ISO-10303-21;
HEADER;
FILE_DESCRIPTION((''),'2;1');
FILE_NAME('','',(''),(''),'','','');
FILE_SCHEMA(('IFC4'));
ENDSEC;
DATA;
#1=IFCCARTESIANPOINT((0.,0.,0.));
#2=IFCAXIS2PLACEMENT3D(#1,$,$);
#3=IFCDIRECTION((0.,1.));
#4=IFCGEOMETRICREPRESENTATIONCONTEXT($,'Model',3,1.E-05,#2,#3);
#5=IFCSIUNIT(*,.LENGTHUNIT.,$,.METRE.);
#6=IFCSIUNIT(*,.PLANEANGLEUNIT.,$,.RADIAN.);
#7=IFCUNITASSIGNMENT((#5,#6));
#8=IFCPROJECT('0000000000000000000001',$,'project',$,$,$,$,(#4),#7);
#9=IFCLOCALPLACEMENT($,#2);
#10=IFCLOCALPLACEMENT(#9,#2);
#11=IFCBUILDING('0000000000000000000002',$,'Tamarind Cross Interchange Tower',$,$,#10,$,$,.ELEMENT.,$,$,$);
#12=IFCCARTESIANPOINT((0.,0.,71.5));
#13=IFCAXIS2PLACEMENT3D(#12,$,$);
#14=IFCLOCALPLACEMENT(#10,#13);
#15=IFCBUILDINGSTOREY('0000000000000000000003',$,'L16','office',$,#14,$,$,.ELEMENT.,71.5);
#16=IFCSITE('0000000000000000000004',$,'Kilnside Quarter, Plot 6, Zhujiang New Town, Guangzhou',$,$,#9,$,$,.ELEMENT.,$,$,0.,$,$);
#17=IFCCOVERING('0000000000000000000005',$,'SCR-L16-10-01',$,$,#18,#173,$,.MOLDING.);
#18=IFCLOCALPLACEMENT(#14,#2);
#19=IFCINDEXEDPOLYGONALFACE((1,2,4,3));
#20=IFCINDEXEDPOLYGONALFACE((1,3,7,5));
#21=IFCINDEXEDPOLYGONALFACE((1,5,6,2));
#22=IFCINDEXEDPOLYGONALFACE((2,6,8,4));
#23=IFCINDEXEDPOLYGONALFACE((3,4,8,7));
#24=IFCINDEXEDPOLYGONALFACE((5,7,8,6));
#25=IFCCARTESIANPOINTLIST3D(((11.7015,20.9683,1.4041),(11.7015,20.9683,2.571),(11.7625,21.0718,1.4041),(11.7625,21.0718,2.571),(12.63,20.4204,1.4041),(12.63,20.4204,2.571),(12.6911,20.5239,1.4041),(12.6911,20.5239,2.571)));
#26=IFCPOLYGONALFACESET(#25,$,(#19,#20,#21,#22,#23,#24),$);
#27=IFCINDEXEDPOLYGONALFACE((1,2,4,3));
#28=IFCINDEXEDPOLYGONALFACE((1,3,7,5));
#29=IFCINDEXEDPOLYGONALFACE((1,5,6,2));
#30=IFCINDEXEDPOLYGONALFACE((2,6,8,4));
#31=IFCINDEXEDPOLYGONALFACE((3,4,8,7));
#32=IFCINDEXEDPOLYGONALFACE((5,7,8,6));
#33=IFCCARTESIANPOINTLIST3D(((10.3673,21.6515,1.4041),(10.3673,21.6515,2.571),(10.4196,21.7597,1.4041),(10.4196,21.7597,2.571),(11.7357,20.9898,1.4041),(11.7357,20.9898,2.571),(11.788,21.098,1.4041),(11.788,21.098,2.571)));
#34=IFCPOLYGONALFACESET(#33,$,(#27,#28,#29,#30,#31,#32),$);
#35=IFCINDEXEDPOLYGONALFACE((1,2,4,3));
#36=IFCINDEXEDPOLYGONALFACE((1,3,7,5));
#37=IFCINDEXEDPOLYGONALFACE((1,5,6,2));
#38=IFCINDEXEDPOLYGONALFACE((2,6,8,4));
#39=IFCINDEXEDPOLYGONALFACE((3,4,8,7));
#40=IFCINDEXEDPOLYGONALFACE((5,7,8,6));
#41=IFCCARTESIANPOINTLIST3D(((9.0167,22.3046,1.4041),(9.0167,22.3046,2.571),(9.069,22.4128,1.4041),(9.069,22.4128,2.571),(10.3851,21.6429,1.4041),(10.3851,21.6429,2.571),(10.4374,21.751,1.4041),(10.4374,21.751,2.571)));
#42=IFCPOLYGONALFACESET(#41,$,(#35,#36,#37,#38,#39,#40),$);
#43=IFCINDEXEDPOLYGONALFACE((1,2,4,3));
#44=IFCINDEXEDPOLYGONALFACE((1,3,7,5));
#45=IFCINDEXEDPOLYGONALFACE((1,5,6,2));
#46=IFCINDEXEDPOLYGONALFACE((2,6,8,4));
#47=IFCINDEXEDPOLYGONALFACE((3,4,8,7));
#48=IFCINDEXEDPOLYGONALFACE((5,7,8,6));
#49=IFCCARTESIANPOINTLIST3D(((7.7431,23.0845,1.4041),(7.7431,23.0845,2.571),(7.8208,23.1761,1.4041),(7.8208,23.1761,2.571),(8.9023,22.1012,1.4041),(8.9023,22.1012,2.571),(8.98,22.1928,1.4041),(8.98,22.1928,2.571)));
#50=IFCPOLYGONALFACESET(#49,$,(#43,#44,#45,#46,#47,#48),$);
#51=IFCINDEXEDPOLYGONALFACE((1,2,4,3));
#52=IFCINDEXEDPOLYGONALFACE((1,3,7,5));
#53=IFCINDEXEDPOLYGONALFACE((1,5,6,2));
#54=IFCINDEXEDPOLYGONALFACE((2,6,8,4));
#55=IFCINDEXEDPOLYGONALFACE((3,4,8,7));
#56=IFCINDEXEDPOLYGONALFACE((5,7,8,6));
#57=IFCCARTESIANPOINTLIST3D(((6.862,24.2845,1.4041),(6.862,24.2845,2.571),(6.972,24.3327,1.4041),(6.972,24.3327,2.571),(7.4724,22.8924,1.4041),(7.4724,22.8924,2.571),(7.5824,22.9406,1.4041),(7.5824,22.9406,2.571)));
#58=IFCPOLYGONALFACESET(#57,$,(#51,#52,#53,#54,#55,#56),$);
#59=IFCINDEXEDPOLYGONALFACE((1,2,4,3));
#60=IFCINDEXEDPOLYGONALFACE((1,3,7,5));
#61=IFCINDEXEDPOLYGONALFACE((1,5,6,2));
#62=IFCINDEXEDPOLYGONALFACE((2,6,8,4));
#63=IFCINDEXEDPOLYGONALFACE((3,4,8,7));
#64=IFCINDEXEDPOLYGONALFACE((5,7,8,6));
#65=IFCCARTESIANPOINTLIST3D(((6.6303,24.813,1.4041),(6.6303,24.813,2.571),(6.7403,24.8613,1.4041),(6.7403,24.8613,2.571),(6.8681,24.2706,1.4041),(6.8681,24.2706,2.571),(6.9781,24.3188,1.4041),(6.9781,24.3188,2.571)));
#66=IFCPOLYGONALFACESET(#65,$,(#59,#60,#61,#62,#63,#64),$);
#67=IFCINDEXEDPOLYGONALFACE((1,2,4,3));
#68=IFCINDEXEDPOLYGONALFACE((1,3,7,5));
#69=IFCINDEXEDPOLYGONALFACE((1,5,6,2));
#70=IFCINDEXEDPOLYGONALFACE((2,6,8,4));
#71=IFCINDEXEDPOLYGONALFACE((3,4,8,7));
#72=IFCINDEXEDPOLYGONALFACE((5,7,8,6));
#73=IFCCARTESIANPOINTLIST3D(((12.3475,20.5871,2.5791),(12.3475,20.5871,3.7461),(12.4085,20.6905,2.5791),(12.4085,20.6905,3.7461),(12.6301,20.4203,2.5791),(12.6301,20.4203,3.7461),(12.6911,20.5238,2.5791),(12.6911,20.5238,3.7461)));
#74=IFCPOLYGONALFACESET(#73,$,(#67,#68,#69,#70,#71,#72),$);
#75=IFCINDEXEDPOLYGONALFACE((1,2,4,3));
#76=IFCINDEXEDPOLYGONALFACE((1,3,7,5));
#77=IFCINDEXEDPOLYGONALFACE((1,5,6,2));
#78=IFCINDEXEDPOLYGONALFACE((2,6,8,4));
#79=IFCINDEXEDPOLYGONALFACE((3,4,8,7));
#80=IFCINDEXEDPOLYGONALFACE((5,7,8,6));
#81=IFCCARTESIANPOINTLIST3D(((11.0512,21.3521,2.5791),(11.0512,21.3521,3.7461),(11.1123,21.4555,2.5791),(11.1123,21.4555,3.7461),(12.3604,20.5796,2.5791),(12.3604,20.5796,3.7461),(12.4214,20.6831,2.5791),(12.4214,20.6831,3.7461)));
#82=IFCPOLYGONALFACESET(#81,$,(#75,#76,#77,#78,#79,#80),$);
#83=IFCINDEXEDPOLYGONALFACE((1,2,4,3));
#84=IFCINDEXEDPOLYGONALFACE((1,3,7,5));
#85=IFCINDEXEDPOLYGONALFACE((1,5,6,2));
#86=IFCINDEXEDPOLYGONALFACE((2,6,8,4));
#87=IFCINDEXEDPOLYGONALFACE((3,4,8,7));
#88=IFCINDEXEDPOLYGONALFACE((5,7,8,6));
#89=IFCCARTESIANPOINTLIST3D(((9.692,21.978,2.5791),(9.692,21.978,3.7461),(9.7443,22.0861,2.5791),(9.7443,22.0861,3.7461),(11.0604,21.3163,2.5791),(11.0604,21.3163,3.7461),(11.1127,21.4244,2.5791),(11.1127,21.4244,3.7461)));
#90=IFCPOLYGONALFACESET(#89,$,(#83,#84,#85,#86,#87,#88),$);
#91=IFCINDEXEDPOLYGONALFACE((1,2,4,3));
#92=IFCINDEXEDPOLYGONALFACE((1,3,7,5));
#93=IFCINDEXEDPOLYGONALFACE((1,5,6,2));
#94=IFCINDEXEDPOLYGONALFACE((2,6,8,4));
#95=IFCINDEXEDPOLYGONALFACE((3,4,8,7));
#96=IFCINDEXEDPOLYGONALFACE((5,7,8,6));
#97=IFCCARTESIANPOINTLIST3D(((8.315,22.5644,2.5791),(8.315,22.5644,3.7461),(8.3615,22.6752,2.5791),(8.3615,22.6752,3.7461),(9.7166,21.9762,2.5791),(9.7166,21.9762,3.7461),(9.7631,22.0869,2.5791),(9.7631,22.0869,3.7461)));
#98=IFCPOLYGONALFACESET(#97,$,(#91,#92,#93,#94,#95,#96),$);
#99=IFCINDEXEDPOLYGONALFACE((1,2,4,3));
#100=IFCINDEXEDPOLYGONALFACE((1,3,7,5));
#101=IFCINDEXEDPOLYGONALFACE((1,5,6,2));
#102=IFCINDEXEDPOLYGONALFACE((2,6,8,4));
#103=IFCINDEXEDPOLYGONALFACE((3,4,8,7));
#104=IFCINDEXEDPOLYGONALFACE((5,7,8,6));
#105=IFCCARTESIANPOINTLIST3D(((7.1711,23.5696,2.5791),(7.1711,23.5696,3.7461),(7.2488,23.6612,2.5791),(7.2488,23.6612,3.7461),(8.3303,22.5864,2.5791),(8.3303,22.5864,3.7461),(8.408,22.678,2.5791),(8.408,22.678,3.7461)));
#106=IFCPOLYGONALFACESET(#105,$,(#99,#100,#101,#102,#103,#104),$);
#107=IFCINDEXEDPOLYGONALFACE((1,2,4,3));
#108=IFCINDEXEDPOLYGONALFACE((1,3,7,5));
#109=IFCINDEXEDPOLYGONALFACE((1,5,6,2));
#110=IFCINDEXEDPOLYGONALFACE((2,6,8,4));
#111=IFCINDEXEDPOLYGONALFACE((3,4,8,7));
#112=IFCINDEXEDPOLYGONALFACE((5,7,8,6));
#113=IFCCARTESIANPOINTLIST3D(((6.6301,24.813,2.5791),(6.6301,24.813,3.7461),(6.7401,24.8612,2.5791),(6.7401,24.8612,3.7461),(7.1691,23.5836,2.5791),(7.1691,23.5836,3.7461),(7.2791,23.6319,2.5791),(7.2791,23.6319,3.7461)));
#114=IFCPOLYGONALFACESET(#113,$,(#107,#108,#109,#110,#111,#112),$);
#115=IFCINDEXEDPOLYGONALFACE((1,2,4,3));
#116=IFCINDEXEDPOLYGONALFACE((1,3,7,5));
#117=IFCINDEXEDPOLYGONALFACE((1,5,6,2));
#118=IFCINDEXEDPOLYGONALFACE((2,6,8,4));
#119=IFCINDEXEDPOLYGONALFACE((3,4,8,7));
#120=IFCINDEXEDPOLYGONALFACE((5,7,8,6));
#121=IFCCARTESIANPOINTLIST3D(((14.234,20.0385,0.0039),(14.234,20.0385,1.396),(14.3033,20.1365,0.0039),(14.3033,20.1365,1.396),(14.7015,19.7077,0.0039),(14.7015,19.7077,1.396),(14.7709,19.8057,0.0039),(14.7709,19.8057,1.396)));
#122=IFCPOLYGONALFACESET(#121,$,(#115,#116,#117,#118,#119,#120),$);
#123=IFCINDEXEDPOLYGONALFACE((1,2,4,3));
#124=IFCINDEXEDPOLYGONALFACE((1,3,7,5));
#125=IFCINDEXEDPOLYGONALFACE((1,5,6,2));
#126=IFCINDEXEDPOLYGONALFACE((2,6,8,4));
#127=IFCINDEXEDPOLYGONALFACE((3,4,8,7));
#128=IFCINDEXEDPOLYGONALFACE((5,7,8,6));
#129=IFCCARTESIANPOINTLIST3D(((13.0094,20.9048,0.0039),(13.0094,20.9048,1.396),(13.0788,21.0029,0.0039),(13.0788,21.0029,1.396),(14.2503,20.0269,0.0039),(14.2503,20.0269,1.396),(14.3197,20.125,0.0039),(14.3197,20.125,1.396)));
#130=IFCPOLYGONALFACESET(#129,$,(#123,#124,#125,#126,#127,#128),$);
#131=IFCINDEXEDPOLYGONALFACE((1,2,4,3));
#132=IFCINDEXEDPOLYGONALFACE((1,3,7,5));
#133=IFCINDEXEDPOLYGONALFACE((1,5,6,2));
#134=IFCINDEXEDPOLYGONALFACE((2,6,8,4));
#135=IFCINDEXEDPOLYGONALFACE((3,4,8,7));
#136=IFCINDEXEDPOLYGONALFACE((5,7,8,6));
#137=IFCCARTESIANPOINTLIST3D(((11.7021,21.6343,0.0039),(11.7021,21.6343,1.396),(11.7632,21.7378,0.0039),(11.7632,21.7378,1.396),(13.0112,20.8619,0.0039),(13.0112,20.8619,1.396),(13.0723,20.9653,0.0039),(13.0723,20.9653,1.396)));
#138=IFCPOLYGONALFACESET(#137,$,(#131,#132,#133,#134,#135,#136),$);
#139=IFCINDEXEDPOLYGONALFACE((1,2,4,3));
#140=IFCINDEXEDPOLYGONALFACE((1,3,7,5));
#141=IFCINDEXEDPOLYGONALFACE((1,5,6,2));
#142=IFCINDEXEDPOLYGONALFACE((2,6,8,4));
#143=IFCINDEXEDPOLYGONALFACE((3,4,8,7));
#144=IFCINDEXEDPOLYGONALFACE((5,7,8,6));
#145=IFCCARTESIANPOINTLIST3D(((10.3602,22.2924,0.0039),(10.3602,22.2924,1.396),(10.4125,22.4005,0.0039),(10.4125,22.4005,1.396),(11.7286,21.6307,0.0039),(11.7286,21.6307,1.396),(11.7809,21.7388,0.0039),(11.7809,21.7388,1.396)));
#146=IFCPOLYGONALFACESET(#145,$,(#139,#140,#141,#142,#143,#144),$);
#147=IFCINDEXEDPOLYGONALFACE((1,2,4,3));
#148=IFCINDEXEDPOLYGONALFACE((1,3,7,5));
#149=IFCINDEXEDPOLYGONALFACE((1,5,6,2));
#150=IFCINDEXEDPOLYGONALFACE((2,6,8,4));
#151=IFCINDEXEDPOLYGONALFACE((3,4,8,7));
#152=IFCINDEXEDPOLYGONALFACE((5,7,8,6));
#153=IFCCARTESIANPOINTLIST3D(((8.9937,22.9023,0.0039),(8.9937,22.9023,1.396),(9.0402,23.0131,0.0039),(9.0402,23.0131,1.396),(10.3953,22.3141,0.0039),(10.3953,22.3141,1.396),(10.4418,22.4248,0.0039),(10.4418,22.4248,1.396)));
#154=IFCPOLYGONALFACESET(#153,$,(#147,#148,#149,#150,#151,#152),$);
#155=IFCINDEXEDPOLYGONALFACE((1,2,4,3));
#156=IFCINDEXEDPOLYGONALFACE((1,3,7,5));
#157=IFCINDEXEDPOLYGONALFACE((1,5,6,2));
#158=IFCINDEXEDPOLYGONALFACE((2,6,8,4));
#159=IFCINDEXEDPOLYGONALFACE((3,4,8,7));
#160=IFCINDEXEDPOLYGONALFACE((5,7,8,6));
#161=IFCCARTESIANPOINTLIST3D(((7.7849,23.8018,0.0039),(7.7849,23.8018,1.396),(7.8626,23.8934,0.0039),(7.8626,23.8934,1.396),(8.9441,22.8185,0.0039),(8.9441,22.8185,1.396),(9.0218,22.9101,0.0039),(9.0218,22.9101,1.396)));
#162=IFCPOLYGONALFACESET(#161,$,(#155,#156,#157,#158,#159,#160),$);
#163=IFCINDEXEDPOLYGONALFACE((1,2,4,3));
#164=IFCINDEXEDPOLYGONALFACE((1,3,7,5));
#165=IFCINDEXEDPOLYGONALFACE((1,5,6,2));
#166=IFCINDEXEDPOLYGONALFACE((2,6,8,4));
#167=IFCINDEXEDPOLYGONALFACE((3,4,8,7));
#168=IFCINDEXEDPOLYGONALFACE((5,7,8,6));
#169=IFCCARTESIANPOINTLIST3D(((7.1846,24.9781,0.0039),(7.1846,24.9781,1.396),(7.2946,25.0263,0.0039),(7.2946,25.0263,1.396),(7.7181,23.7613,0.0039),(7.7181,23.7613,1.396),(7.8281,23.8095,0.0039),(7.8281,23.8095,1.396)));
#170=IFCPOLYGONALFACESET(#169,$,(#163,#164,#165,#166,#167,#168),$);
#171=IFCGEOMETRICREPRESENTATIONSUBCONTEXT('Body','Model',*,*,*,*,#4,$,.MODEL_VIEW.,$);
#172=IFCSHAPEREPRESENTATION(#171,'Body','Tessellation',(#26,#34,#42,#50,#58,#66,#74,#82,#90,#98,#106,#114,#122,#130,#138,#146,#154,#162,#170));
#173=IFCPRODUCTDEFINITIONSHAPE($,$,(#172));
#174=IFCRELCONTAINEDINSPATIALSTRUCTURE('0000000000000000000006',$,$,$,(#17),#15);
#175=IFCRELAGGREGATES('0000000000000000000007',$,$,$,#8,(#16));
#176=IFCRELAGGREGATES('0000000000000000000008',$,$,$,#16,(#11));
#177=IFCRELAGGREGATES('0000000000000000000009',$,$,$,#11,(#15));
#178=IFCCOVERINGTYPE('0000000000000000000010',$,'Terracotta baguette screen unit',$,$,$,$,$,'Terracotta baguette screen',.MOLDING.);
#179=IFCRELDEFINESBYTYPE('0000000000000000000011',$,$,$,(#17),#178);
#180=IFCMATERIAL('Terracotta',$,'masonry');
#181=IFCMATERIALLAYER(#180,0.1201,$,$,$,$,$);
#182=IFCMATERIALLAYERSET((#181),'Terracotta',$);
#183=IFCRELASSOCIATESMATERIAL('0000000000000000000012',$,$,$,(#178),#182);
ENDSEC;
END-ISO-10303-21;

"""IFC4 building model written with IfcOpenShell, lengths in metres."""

from ifc_helpers import new_model, si_unit, direction, frame, origin, origin_2d, place, context, subcontext, project, spatial, rectangle, extrude, material, layer, layer_set, type_object, element, save


model = new_model("IFC4")

# Units and contexts
model_context = context("Model", 3, precision=1e-05, world=origin(), true_north=direction((0.0, 1.0)))
body_context = subcontext(model_context, "Body", "Model", "MODEL_VIEW")
ifc_project = project(units=[si_unit("LENGTHUNIT", "METRE"), si_unit("PLANEANGLEUNIT", "RADIAN")], contexts=[model_context])

# Site, building, storey
site_placement = place(None, origin())
site = spatial("IfcSite", under=ifc_project, at=site_placement, Name="Kilnside Quarter, Plot 6, Zhujiang New Town, Guangzhou", CompositionType="ELEMENT", RefElevation=0.0)
building_placement = place(site_placement, origin())
building = spatial("IfcBuilding", under=site, at=building_placement, Name="Tamarind Cross Interchange Tower", CompositionType="ELEMENT")
storey_placement = place(building_placement, frame((0.0, 0.0, 71.5)))
storey = spatial("IfcBuildingStorey", under=building, at=storey_placement, Name="L16", Description="office", CompositionType="ELEMENT", Elevation=71.5)

# Covering
ifc_material_1 = material(Name="Terracotta", Category="masonry")
ifc_layer_1 = layer(ifc_material_1, 0.1201)
ifc_layer_set_1 = layer_set([ifc_layer_1], Name="Terracotta")
covering_type = type_object("IfcCoveringType", Name="Terracotta baguette screen unit", ElementType="Terracotta baguette screen", PredefinedType="MOLDING", material=ifc_layer_set_1)
covering_1_placement = place(storey_placement, origin())
element("IfcCovering", 1, at=covering_1_placement, inside=storey, type_object=covering_type, Name="SCR-L16-10-01", PredefinedType="MOLDING", context=body_context, shape_type="SweptSolid", body=[
    extrude(rectangle(XDim=1.0781, YDim=0.1201, at=origin_2d()), frame((12.1963, 20.7461, 1.4041), z_axis=(0.0, 0.0, 1.0), x_axis=(-0.861249, 0.508183, 0.0)), (0.0, 0.0, 1.0), 1.167),
    extrude(rectangle(XDim=1.52, YDim=0.1201, at=origin_2d()), frame((11.0776, 21.3748, 1.4041), z_axis=(0.0, 0.0, 1.0), x_axis=(-0.900273, 0.435326, 0.0)), (0.0, 0.0, 1.0), 1.167),
    extrude(rectangle(XDim=1.52, YDim=0.1201, at=origin_2d()), frame((9.7271, 22.0278, 1.4041), z_axis=(0.0, 0.0, 1.0), x_axis=(-0.900273, 0.435326, 0.0)), (0.0, 0.0, 1.0), 1.167),
    extrude(rectangle(XDim=1.52, YDim=0.1201, at=origin_2d()), frame((8.3616, 22.6387, 1.4041), z_axis=(0.0, 0.0, 1.0), x_axis=(-0.7626, 0.646871, 0.0)), (0.0, 0.0, 1.0), 1.167),
    extrude(rectangle(XDim=1.52, YDim=0.1201, at=origin_2d()), frame((7.2222, 23.6125, 1.4041), z_axis=(0.0, 0.0, 1.0), x_axis=(-0.401557, 0.915834, 0.0)), (0.0, 0.0, 1.0), 1.167),
    extrude(rectangle(XDim=0.5923, YDim=0.1201, at=origin_2d()), frame((6.8042, 24.5659, 1.4041), z_axis=(0.0, 0.0, 1.0), x_axis=(-0.401557, 0.915834, 0.0)), (0.0, 0.0, 1.0), 1.167),
    extrude(rectangle(XDim=0.3281, YDim=0.1201, at=origin_2d()), frame((12.5193, 20.5554, 2.5791), z_axis=(0.0, 0.0, 1.0), x_axis=(-0.861249, 0.508183, 0.0)), (0.0, 0.0, 1.0), 1.167),
    extrude(rectangle(XDim=1.52, YDim=0.1201, at=origin_2d()), frame((11.7363, 21.0176, 2.5791), z_axis=(0.0, 0.0, 1.0), x_axis=(-0.861249, 0.508183, 0.0)), (0.0, 0.0, 1.0), 1.167),
    extrude(rectangle(XDim=1.52, YDim=0.1201, at=origin_2d()), frame((10.4023, 21.7012, 2.5791), z_axis=(0.0, 0.0, 1.0), x_axis=(-0.900273, 0.435326, 0.0)), (0.0, 0.0, 1.0), 1.167),
    extrude(rectangle(XDim=1.52, YDim=0.1201, at=origin_2d()), frame((9.0391, 22.3257, 2.5791), z_axis=(0.0, 0.0, 1.0), x_axis=(-0.922084, 0.386991, 0.0)), (0.0, 0.0, 1.0), 1.167),
    extrude(rectangle(XDim=1.52, YDim=0.1201, at=origin_2d()), frame((7.7896, 23.1238, 2.5791), z_axis=(0.0, 0.0, 1.0), x_axis=(-0.7626, 0.646871, 0.0)), (0.0, 0.0, 1.0), 1.167),
    extrude(rectangle(XDim=1.3423, YDim=0.1201, at=origin_2d()), frame((6.9546, 24.2224, 2.5791), z_axis=(0.0, 0.0, 1.0), x_axis=(-0.401557, 0.915834, 0.0)), (0.0, 0.0, 1.0), 1.167),
    extrude(rectangle(XDim=0.5728, YDim=0.1201, at=origin_2d()), frame((14.5024, 19.9221, 0.0039), z_axis=(0.0, 0.0, 1.0), x_axis=(-0.816342, 0.577569, 0.0)), (0.0, 0.0, 1.0), 1.3921),
    extrude(rectangle(XDim=1.52, YDim=0.1201, at=origin_2d()), frame((13.6646, 20.5149, 0.0039), z_axis=(0.0, 0.0, 1.0), x_axis=(-0.816342, 0.577569, 0.0)), (0.0, 0.0, 1.0), 1.3921),
    extrude(rectangle(XDim=1.52, YDim=0.1201, at=origin_2d()), frame((12.3872, 21.2998, 0.0039), z_axis=(0.0, 0.0, 1.0), x_axis=(-0.861249, 0.508183, 0.0)), (0.0, 0.0, 1.0), 1.3921),
    extrude(rectangle(XDim=1.52, YDim=0.1201, at=origin_2d()), frame((11.0706, 22.0156, 0.0039), z_axis=(0.0, 0.0, 1.0), x_axis=(-0.900273, 0.435326, 0.0)), (0.0, 0.0, 1.0), 1.3921),
    extrude(rectangle(XDim=1.52, YDim=0.1201, at=origin_2d()), frame((9.7178, 22.6636, 0.0039), z_axis=(0.0, 0.0, 1.0), x_axis=(-0.922084, 0.386991, 0.0)), (0.0, 0.0, 1.0), 1.3921),
    extrude(rectangle(XDim=1.52, YDim=0.1201, at=origin_2d()), frame((8.4033, 23.356, 0.0039), z_axis=(0.0, 0.0, 1.0), x_axis=(-0.7626, 0.646871, 0.0)), (0.0, 0.0, 1.0), 1.3921),
    extrude(rectangle(XDim=1.3286, YDim=0.1201, at=origin_2d()), frame((7.5063, 24.3938, 0.0039), z_axis=(0.0, 0.0, 1.0), x_axis=(-0.401557, 0.915834, 0.0)), (0.0, 0.0, 1.0), 1.3921),
])

save(model, "model.ifc")
